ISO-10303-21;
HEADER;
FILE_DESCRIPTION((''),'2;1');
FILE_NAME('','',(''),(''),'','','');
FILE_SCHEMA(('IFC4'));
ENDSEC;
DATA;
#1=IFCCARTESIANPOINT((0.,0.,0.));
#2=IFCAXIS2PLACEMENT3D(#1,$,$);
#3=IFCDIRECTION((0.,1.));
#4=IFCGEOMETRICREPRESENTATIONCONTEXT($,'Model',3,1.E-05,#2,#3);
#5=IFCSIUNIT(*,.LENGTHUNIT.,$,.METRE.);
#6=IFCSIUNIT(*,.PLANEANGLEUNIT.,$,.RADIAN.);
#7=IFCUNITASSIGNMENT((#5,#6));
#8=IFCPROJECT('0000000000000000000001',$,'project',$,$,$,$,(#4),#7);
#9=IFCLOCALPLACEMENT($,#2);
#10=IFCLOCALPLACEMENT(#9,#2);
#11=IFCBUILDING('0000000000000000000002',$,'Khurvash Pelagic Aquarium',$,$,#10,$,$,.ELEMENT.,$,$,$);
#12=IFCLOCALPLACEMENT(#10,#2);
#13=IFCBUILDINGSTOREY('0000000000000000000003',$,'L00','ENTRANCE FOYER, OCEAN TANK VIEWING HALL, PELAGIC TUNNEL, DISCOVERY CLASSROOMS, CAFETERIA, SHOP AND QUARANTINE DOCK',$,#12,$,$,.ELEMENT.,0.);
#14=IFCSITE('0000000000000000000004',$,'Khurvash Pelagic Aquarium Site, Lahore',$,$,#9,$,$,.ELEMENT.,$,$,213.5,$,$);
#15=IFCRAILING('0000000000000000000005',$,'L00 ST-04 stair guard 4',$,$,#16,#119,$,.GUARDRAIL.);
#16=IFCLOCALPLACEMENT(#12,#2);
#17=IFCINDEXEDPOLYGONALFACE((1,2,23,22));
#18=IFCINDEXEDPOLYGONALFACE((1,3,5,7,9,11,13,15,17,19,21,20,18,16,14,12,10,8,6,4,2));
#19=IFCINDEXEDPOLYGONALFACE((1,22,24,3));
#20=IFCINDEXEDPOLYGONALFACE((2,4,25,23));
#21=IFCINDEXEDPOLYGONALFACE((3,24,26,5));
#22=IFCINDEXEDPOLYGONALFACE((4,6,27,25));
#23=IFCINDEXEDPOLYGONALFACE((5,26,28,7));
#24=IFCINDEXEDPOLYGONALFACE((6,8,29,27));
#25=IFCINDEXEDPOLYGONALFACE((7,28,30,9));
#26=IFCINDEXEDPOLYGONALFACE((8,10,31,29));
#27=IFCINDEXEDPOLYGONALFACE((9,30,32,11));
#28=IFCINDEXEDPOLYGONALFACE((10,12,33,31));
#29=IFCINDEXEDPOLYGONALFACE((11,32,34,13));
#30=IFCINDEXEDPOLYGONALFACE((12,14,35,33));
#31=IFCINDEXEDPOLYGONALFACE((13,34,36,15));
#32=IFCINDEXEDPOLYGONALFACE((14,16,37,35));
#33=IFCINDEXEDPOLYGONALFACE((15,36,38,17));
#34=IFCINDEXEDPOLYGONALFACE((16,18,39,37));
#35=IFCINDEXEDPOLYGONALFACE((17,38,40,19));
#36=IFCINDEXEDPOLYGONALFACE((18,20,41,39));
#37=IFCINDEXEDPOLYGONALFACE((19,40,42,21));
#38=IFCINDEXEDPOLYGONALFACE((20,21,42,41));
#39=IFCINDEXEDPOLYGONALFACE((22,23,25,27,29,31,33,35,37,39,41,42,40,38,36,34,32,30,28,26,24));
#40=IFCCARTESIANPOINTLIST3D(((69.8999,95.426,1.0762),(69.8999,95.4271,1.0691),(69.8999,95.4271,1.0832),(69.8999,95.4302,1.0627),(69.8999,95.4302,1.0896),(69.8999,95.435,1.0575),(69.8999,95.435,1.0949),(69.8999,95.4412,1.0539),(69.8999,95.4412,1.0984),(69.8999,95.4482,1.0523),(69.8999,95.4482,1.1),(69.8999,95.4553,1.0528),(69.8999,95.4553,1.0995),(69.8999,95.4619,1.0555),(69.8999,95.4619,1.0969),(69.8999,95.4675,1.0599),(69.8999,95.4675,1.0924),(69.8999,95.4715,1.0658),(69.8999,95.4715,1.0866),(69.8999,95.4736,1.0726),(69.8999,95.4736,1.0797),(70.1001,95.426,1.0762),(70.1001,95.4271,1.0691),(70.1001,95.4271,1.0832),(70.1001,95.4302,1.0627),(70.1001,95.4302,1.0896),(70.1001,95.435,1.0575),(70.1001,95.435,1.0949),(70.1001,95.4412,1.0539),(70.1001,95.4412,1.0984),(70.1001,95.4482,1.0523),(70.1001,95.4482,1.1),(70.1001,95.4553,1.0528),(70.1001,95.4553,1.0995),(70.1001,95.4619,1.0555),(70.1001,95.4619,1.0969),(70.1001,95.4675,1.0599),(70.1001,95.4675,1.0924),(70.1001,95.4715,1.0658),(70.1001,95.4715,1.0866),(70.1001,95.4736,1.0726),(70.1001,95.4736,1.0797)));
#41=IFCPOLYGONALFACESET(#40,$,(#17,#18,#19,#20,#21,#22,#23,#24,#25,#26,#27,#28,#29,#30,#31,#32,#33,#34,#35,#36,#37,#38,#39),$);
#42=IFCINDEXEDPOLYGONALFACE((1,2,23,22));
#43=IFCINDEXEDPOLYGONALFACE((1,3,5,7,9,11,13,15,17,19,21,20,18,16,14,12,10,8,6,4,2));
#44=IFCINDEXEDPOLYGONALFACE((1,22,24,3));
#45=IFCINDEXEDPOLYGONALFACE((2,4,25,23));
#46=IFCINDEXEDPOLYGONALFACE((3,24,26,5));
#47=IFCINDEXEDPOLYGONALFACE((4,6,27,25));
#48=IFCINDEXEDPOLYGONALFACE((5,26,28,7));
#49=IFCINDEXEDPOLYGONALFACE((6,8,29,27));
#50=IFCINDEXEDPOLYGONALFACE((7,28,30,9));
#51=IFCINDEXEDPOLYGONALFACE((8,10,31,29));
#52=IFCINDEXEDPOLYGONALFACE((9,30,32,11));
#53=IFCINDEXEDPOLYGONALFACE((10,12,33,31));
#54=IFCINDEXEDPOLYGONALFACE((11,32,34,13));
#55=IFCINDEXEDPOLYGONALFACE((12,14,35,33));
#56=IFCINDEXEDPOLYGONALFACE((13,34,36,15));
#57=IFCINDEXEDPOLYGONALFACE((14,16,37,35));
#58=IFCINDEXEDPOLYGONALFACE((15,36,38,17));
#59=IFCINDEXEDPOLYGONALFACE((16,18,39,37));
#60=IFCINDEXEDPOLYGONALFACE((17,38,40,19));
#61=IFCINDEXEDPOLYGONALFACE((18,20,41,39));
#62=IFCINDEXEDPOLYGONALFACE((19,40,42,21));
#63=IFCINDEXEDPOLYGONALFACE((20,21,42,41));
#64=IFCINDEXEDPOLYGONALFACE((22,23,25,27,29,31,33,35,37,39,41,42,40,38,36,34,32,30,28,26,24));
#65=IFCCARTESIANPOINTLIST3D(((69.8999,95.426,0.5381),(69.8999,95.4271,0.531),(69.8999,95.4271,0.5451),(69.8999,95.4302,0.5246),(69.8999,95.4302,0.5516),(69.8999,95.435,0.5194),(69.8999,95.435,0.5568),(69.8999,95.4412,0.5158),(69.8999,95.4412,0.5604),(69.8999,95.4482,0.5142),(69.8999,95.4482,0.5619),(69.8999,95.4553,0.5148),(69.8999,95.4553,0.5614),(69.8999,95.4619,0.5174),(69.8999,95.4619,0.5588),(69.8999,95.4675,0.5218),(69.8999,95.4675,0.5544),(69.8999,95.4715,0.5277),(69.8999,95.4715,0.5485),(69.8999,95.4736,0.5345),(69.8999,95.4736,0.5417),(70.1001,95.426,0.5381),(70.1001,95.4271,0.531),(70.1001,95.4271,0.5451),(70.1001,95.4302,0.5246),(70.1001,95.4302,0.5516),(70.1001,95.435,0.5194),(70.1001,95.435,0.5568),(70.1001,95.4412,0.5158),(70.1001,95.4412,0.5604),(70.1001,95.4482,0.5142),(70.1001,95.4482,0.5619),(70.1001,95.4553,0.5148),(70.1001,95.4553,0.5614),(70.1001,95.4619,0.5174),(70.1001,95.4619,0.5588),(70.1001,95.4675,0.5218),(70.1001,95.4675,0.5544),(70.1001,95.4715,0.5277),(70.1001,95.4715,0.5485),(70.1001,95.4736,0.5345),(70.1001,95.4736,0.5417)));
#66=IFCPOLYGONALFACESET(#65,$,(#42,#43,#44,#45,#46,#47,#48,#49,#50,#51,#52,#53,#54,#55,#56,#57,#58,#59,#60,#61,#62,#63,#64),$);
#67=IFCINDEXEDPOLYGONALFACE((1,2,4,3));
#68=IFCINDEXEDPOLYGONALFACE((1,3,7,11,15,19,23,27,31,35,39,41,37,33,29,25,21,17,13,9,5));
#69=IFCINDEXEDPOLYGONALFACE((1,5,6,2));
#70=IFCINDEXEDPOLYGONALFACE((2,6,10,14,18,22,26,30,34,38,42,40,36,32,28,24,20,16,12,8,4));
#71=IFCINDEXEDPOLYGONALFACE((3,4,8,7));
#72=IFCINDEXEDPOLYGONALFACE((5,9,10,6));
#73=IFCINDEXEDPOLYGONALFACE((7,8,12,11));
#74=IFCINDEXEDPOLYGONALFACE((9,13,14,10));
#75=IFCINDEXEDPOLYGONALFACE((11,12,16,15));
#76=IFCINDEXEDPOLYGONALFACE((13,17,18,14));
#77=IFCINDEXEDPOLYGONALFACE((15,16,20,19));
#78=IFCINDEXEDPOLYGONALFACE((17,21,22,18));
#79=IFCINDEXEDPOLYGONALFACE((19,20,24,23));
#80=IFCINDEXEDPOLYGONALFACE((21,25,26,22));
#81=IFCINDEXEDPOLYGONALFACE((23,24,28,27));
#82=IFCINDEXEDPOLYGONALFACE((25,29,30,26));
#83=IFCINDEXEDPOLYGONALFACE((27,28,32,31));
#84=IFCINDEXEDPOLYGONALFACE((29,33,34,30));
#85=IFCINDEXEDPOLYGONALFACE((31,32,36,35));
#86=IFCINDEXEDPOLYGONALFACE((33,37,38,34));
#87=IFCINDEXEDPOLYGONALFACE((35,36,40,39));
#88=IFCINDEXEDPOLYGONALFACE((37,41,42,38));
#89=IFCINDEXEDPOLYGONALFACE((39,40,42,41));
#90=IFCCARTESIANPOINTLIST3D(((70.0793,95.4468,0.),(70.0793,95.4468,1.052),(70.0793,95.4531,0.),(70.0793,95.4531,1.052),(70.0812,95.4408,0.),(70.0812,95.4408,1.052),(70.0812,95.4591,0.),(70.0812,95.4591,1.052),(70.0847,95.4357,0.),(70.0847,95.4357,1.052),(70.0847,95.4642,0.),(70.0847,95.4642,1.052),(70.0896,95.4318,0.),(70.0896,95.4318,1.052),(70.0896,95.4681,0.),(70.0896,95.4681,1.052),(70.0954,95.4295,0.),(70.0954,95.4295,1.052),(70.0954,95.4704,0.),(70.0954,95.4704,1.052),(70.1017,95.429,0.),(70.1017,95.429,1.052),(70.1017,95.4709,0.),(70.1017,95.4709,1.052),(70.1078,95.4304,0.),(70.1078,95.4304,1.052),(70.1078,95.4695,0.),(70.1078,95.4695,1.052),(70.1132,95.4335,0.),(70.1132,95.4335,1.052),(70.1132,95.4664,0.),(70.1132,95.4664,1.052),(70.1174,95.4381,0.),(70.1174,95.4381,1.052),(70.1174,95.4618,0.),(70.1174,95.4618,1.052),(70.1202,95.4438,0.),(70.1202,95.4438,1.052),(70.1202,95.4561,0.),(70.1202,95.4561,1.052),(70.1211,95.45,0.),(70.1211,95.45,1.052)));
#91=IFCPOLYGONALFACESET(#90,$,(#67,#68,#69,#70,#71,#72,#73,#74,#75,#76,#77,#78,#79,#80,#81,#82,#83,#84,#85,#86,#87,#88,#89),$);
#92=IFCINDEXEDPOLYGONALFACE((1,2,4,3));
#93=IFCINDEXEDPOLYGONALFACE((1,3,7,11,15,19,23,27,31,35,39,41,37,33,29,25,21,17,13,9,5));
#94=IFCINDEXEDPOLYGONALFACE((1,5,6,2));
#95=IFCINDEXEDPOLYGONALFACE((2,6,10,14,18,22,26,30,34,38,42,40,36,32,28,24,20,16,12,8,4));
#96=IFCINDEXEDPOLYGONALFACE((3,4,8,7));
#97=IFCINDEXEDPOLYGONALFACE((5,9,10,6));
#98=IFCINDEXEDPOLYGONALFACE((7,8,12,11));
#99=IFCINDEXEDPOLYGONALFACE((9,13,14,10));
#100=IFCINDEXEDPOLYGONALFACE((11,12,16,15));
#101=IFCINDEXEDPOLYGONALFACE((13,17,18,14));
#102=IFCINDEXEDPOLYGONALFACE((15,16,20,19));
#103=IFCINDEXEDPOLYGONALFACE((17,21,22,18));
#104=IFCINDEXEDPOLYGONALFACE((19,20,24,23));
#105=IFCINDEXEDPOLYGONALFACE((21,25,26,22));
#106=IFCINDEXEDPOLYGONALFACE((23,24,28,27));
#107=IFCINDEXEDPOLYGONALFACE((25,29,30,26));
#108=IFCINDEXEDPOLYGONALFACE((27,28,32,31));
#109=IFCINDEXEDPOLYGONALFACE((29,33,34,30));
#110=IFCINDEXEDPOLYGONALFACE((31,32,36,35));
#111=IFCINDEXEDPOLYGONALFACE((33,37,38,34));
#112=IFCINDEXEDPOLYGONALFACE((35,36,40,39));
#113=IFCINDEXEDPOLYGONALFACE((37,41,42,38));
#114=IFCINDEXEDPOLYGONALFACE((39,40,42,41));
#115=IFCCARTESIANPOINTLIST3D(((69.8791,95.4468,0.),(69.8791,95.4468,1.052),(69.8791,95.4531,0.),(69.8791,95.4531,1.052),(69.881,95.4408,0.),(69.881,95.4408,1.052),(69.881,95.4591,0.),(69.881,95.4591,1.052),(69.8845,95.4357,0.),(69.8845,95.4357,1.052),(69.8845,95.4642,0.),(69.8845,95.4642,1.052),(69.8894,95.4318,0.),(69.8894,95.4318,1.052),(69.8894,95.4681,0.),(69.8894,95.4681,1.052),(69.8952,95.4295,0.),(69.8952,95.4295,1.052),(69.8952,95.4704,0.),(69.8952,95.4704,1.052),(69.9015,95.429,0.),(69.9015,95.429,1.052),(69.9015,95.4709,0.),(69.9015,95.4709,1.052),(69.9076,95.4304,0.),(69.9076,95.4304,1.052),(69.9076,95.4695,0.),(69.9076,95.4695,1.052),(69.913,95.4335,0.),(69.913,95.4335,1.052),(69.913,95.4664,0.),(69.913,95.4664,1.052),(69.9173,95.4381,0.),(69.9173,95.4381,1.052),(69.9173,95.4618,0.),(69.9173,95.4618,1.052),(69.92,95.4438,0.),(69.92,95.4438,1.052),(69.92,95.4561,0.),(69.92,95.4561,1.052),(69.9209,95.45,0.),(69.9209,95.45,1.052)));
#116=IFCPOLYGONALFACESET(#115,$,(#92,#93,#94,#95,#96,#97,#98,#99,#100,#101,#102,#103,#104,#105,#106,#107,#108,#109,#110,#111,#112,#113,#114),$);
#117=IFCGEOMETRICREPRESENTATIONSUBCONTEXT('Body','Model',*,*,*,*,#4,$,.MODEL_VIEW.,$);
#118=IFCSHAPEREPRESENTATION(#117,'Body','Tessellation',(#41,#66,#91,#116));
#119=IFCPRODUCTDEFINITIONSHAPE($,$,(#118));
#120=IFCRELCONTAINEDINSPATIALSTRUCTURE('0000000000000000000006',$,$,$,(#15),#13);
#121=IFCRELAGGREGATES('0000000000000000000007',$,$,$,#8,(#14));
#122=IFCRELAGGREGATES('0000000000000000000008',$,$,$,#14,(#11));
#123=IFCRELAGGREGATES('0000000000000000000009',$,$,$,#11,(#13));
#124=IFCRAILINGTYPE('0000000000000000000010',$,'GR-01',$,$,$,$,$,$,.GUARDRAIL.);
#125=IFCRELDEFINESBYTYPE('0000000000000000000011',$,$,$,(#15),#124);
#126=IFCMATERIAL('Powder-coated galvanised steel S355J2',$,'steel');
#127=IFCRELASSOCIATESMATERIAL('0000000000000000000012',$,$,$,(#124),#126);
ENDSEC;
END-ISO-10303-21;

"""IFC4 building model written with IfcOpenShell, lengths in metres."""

from ifc_helpers import new_model, si_unit, direction, frame, origin, origin_2d, place, context, subcontext, project, spatial, circle, extrude, material, type_object, element, save


model = new_model("IFC4")

# Units and contexts
model_context = context("Model", 3, precision=1e-05, world=origin(), true_north=direction((0.0, 1.0)))
body_context = subcontext(model_context, "Body", "Model", "MODEL_VIEW")
ifc_project = project(units=[si_unit("LENGTHUNIT", "METRE"), si_unit("PLANEANGLEUNIT", "RADIAN")], contexts=[model_context])

# Site, building, storey
site_placement = place(None, origin())
site = spatial("IfcSite", under=ifc_project, at=site_placement, Name="Khurvash Pelagic Aquarium Site, Lahore", CompositionType="ELEMENT", RefElevation=213.5)
building_placement = place(site_placement, origin())
building = spatial("IfcBuilding", under=site, at=building_placement, Name="Khurvash Pelagic Aquarium", CompositionType="ELEMENT")
storey_placement = place(building_placement, origin())
storey = spatial("IfcBuildingStorey", under=building, at=storey_placement, Name="L00", Description="ENTRANCE FOYER, OCEAN TANK VIEWING HALL, PELAGIC TUNNEL, DISCOVERY CLASSROOMS, CAFETERIA, SHOP AND QUARANTINE DOCK", CompositionType="ELEMENT", Elevation=0.0)

# Railing
ifc_material_1 = material(Name="Powder-coated galvanised steel S355J2", Category="steel")
railing_type_1 = type_object("IfcRailingType", Name="GR-01", PredefinedType="GUARDRAIL", material=ifc_material_1)
railing_1_placement = place(storey_placement, frame((70.1001, 95.45, 0.0)))
element("IfcRailing", 1, at=railing_1_placement, inside=storey, type_object=railing_type_1, Name="L00 ST-04 stair guard 4", PredefinedType="GUARDRAIL", context=body_context, shape_type="SweptSolid", body=[
    extrude(circle(Radius=0.0239, at=origin_2d()), frame((0.0, 0.0, 1.0762), z_axis=(-1.0, 0.0, 0.0), x_axis=(0.0, -1.0, 0.0)), (0.0, 0.0, 1.0), 0.2002),
    extrude(circle(Radius=0.0239, at=origin_2d()), frame((0.0, 0.0, 0.5381), z_axis=(-1.0, 0.0, 0.0), x_axis=(0.0, -1.0, 0.0)), (0.0, 0.0, 1.0), 0.2002),
    extrude(circle(Radius=0.021, at=origin_2d()), origin(), (0.0, 0.0, 1.0), 1.052),
    extrude(circle(Radius=0.021, at=origin_2d()), frame((-0.2002, 0.0, 0.0)), (0.0, 0.0, 1.0), 1.052),
])

save(model, "model.ifc")
